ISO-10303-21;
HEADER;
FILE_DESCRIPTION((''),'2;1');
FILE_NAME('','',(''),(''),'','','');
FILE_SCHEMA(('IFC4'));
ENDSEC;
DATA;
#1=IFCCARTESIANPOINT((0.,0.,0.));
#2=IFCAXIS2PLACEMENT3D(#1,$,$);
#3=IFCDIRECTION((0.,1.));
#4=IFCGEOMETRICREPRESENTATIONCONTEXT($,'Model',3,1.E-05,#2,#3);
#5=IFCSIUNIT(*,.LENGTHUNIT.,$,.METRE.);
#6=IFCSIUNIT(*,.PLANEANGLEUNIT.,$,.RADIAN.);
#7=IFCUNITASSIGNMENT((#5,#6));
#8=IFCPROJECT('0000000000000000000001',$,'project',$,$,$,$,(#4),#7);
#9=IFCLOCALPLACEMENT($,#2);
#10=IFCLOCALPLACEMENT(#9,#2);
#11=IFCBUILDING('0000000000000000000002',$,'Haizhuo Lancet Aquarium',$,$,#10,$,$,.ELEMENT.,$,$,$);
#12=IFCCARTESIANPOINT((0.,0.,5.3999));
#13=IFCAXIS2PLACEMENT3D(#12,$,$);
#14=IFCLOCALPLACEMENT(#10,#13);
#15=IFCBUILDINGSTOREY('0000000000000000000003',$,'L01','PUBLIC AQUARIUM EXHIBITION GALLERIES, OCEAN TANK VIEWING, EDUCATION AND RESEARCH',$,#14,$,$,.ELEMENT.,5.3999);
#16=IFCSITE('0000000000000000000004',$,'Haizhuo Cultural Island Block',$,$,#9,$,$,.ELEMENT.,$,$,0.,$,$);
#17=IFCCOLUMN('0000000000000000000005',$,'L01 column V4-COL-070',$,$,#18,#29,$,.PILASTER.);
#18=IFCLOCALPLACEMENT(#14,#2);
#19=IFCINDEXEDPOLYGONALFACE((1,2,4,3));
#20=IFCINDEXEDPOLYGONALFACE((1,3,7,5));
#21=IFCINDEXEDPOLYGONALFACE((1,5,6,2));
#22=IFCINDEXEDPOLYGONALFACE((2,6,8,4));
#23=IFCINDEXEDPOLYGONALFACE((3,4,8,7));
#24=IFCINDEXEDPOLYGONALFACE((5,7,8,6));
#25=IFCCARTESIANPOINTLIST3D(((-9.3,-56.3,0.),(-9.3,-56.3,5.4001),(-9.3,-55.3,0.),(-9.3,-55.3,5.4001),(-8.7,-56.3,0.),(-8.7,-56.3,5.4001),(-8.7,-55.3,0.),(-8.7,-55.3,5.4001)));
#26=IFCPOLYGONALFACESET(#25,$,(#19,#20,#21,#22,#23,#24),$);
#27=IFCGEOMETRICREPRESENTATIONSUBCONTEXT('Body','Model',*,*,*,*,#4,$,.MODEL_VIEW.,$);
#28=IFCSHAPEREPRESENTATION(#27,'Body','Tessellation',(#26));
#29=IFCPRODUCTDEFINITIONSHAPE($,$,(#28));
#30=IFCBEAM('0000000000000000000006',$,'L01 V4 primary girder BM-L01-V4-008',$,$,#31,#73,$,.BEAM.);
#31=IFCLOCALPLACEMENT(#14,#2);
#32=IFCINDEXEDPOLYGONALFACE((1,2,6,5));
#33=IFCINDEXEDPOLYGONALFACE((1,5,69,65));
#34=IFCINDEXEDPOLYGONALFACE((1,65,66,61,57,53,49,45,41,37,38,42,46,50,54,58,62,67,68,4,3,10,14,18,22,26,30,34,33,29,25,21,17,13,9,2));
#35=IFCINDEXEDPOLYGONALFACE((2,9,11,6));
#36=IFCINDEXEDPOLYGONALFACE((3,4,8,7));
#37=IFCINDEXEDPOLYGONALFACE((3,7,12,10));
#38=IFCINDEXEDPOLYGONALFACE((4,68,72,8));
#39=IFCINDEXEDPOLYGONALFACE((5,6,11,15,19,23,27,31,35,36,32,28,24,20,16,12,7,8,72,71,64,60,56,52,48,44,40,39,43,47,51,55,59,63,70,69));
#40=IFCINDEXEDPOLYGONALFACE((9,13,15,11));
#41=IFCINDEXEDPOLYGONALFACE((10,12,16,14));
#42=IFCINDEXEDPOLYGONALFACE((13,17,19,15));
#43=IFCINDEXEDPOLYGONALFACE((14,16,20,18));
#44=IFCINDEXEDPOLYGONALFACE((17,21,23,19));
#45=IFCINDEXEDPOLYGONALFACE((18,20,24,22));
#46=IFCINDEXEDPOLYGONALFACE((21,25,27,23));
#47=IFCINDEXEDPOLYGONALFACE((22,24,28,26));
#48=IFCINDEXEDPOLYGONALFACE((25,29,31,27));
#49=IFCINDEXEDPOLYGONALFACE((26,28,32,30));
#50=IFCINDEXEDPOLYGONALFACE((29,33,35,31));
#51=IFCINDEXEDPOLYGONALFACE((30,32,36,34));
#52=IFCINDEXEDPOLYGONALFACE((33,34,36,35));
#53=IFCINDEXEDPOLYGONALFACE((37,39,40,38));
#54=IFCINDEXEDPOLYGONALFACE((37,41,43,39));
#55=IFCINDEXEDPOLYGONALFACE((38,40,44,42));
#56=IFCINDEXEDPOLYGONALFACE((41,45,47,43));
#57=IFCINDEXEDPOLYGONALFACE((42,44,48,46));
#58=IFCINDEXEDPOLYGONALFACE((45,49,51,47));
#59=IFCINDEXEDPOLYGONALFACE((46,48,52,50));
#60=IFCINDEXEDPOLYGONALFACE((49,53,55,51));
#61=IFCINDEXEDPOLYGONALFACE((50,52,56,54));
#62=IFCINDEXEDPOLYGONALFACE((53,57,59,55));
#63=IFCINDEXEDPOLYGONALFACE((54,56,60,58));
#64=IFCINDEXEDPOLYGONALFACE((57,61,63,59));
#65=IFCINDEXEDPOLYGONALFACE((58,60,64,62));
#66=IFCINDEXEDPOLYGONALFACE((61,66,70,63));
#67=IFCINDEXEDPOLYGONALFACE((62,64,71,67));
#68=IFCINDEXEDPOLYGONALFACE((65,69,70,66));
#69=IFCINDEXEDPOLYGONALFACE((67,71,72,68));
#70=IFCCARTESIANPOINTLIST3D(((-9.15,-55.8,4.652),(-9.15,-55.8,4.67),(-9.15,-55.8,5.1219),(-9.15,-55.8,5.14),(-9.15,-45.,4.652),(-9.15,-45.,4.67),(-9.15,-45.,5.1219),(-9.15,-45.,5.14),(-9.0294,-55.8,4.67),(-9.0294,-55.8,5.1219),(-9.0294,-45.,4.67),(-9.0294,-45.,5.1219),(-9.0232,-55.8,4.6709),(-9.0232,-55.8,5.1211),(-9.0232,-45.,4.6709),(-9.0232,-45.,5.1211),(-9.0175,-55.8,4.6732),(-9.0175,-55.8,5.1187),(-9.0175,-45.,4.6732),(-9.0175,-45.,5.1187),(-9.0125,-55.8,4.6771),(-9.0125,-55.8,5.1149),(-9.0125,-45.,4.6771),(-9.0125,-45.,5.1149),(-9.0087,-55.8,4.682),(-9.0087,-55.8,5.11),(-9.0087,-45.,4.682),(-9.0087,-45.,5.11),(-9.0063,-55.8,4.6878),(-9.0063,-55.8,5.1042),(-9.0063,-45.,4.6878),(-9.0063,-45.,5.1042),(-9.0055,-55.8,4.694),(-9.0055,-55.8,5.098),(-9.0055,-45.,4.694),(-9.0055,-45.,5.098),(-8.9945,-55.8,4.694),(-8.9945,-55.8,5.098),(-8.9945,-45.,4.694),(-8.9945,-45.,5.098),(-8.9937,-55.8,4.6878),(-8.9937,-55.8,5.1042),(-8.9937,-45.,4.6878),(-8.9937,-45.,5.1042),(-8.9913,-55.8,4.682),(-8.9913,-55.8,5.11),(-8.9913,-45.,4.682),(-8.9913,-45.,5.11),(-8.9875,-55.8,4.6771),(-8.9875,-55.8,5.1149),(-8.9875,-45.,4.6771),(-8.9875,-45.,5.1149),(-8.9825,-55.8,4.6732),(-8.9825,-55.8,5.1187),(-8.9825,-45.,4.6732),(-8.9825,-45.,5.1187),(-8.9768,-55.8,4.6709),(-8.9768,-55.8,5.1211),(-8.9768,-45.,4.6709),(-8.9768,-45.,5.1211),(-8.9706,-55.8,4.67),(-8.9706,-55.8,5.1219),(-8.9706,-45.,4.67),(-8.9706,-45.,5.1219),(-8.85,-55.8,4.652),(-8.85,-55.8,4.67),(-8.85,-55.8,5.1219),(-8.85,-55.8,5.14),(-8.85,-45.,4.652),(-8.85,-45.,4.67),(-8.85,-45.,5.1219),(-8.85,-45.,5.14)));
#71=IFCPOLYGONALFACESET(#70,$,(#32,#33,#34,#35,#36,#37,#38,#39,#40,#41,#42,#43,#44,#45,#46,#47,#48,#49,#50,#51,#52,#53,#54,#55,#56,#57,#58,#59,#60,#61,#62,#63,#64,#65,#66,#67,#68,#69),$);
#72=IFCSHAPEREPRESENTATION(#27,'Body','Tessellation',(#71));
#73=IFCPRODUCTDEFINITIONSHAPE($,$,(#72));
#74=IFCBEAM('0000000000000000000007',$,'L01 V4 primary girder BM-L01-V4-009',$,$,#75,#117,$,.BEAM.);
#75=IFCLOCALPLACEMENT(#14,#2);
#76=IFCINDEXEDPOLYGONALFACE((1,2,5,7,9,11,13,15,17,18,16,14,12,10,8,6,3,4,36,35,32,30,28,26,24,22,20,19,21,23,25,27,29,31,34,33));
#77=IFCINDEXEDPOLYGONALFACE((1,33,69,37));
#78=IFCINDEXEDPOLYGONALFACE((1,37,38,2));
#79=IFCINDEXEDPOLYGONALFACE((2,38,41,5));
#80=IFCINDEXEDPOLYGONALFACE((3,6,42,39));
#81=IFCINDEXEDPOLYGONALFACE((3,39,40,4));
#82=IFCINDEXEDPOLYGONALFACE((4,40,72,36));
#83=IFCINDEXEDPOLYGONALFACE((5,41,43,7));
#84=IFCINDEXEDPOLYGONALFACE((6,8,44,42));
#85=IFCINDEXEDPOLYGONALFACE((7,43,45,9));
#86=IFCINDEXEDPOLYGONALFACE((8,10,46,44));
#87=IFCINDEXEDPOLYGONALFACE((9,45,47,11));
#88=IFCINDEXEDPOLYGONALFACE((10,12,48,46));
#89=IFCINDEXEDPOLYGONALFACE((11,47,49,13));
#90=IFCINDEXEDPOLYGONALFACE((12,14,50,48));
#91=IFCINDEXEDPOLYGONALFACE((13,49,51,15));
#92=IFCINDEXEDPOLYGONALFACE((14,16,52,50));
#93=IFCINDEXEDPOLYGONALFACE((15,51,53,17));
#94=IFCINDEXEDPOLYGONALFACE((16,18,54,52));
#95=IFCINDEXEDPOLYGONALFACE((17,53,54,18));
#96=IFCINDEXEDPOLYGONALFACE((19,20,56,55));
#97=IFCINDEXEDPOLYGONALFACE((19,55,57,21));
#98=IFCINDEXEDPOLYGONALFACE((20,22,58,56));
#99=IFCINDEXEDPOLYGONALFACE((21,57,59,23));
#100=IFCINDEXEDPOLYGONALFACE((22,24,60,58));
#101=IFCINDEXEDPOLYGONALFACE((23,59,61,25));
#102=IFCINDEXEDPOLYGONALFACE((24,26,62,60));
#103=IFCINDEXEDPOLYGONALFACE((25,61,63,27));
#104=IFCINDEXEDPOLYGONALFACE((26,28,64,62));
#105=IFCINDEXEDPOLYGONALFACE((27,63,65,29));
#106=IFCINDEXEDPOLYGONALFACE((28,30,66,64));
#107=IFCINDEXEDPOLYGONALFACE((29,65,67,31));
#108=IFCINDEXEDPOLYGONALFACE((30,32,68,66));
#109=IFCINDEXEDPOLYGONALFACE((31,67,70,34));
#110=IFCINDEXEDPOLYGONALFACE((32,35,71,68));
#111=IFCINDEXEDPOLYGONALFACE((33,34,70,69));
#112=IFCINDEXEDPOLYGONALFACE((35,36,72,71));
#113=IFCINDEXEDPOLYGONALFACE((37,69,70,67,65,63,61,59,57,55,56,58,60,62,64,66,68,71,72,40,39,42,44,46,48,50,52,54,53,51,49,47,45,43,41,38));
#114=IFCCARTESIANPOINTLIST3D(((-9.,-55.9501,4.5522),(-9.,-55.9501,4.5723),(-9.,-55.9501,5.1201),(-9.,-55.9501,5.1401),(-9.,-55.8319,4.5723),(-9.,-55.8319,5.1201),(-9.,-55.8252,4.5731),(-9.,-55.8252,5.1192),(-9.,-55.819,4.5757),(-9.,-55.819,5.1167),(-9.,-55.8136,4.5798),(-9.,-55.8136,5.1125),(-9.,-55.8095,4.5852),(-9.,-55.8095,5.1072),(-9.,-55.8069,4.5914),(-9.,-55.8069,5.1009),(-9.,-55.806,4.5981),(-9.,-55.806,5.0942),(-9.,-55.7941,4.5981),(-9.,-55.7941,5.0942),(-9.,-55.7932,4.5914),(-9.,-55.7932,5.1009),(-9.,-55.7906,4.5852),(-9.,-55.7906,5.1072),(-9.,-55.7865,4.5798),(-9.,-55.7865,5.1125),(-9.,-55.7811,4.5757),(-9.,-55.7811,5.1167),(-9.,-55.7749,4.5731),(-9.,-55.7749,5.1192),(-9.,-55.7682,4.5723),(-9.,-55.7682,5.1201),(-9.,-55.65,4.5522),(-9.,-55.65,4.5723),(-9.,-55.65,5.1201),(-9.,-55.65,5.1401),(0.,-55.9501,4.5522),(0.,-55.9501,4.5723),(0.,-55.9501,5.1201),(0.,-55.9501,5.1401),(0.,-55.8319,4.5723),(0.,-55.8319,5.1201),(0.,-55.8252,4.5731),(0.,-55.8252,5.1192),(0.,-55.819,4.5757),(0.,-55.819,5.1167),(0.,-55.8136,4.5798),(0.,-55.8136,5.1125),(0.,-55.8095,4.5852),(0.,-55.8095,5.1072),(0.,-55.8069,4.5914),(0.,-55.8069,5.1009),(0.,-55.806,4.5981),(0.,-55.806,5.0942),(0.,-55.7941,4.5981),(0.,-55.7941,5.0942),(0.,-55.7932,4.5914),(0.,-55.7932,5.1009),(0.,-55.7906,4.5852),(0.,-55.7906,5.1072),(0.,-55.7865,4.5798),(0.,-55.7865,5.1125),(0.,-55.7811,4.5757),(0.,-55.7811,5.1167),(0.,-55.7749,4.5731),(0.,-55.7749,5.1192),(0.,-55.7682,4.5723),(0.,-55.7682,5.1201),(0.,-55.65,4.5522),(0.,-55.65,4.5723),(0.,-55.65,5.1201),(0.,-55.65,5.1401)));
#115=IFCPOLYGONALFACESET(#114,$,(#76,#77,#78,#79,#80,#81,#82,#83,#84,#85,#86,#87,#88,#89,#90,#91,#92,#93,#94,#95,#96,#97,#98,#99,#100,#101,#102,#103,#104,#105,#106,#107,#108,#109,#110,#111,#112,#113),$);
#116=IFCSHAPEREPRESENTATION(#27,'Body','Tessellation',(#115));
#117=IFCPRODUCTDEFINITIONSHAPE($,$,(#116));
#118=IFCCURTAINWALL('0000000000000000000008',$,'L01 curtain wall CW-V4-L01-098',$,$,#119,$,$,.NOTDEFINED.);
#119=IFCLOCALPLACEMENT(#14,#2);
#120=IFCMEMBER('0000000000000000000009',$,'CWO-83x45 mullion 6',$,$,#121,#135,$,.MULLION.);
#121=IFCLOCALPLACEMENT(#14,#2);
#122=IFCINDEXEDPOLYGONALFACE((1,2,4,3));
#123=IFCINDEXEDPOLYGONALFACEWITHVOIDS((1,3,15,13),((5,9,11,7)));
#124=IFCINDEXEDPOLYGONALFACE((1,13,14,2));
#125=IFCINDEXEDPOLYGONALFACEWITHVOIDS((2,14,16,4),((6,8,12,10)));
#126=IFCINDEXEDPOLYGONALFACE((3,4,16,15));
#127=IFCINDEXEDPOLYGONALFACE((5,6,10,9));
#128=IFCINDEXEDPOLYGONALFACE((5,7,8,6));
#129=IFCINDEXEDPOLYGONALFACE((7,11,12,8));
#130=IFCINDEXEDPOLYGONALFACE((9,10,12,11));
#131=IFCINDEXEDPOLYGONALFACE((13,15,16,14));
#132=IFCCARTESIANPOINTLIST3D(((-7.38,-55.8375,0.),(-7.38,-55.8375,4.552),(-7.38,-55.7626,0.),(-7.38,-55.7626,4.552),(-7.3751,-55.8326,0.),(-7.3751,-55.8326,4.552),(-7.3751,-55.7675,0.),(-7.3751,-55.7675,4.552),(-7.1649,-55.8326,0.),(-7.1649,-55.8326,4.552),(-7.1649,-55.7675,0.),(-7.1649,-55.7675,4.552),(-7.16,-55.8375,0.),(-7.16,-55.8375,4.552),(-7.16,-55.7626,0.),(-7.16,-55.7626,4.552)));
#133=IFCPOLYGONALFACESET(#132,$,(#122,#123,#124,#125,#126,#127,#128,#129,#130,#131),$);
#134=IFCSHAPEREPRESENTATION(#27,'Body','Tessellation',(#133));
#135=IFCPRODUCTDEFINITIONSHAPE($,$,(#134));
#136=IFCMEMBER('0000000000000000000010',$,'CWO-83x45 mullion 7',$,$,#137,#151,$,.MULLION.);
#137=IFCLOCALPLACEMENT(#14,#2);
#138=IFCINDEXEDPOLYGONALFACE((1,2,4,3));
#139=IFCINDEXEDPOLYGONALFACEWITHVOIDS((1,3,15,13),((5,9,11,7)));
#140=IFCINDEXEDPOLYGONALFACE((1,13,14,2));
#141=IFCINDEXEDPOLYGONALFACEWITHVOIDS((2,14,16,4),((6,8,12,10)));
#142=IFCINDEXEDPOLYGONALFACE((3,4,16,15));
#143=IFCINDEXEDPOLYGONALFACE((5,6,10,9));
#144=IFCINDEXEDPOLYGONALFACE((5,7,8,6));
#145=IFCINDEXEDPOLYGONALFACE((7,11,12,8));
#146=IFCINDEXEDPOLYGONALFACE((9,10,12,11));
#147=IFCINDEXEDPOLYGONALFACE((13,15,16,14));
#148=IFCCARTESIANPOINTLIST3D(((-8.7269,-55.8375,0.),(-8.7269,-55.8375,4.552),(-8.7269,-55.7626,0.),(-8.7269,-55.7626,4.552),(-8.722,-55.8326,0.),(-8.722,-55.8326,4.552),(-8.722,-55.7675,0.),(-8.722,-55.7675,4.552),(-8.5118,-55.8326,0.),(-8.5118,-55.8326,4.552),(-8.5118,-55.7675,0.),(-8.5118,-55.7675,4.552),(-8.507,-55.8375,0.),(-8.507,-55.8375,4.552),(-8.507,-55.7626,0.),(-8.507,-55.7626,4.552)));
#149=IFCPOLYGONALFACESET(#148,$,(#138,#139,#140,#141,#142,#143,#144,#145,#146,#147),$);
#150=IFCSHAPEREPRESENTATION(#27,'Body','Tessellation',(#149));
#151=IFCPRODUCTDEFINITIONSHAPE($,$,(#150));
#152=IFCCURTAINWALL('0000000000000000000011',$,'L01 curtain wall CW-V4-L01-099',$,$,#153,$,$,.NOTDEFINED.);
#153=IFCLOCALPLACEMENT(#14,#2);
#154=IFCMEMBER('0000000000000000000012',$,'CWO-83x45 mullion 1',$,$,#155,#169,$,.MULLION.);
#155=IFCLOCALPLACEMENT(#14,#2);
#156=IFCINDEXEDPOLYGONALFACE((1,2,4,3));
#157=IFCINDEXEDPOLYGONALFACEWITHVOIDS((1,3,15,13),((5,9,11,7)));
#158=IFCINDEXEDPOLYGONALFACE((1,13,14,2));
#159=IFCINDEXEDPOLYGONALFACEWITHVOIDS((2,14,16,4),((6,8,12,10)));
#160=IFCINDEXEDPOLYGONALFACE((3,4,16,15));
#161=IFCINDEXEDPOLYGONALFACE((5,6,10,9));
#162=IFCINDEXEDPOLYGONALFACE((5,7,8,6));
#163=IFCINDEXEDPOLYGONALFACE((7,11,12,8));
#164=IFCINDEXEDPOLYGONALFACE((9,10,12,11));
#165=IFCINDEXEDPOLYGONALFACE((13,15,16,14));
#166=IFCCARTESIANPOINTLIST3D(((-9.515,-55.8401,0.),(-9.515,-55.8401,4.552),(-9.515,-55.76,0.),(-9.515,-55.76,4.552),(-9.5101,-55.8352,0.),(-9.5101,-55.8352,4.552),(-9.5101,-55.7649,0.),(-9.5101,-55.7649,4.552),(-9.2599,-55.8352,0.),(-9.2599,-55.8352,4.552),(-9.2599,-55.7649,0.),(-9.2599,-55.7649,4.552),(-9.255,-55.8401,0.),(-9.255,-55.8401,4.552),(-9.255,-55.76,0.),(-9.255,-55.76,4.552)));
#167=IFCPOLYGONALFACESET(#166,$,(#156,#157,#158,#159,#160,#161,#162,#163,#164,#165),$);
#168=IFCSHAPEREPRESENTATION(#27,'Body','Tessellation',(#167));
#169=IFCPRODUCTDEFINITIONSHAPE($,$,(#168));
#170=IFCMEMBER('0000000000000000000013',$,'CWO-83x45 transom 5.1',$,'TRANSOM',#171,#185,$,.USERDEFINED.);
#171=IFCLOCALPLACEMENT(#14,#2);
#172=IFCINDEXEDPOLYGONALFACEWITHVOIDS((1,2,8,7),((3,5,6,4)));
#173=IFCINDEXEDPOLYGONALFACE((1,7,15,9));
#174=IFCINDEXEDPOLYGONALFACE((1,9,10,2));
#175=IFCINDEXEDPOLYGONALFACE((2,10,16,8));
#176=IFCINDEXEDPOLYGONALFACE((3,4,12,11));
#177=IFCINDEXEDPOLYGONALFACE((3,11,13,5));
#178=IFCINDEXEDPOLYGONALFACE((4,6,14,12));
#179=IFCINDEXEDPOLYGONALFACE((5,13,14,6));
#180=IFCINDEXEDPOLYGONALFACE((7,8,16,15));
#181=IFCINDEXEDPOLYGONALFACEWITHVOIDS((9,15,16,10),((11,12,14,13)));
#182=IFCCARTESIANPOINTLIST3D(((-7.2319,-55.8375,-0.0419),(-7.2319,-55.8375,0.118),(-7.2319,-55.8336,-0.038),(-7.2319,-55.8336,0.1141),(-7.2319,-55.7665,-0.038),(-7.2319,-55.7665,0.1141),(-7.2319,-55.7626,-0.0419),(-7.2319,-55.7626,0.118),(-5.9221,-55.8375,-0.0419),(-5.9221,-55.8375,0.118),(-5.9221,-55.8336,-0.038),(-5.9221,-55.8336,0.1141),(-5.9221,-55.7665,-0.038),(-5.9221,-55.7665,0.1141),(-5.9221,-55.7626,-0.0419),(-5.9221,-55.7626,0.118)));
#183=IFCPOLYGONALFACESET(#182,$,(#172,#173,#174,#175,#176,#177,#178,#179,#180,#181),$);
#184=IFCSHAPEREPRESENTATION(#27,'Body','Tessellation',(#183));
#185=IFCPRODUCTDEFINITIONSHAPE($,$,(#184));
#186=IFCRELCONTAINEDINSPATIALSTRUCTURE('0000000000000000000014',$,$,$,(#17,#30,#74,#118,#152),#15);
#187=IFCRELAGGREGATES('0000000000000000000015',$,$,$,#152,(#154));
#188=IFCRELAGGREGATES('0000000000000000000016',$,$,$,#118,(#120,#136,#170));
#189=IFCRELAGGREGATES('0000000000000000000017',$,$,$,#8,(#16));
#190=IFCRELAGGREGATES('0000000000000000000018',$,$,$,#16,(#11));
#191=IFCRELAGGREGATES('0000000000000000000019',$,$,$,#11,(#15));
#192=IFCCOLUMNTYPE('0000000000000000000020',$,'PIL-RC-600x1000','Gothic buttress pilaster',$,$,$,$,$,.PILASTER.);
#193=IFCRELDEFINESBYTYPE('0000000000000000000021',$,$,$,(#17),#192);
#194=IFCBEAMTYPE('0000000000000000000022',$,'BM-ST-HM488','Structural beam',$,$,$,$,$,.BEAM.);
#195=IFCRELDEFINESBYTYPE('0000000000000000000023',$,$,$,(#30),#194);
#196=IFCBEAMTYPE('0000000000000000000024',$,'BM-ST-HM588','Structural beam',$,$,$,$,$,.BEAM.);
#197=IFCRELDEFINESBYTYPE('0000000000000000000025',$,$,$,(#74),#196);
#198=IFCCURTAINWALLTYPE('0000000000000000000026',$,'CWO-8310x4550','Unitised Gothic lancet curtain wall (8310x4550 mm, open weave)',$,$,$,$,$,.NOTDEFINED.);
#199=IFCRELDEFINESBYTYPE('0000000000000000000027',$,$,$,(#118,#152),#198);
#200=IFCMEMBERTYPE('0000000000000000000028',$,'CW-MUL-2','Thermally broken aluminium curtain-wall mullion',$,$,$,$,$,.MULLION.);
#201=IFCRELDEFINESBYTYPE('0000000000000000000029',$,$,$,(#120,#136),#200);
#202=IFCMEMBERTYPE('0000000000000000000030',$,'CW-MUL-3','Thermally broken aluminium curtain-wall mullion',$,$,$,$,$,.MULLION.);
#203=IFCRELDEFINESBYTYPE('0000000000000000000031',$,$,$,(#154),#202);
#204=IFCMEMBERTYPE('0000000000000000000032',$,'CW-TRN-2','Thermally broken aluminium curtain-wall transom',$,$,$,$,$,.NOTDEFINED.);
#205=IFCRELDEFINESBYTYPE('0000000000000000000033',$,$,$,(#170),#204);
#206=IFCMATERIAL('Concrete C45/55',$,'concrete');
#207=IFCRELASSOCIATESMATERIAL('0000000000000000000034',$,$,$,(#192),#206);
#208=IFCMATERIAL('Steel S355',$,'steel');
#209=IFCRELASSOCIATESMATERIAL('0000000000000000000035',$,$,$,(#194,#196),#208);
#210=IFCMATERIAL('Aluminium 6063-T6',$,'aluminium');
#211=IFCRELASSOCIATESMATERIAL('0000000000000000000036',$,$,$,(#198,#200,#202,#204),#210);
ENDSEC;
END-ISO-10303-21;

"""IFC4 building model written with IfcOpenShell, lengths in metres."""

from ifc_helpers import new_model, si_unit, direction, frame, origin, origin_2d, place, context, subcontext, project, spatial, rectangle, hollow_rectangle, i_section, extrude, material, material_profile, profile_set, type_object, element, aggregate, save


model = new_model("IFC4")

# Units and contexts
model_context = context("Model", 3, precision=1e-05, world=origin(), true_north=direction((0.0, 1.0)))
body_context = subcontext(model_context, "Body", "Model", "MODEL_VIEW")
ifc_project = project(units=[si_unit("LENGTHUNIT", "METRE"), si_unit("PLANEANGLEUNIT", "RADIAN")], contexts=[model_context])

# Site, building, storey
site_placement = place(None, origin())
site = spatial("IfcSite", under=ifc_project, at=site_placement, Name="Haizhuo Cultural Island Block", CompositionType="ELEMENT", RefElevation=0.0)
building_placement = place(site_placement, origin())
building = spatial("IfcBuilding", under=site, at=building_placement, Name="Haizhuo Lancet Aquarium", CompositionType="ELEMENT")
storey_placement = place(building_placement, frame((0.0, 0.0, 5.3999)))
storey = spatial("IfcBuildingStorey", under=building, at=storey_placement, Name="L01", Description="PUBLIC AQUARIUM EXHIBITION GALLERIES, OCEAN TANK VIEWING, EDUCATION AND RESEARCH", CompositionType="ELEMENT", Elevation=5.3999)

# Column
ifc_material_1 = material(Name="Concrete C45/55", Category="concrete")
ifc_material_profile_1 = material_profile(ifc_material_1, rectangle(XDim=0.6001, YDim=1.0, at=origin_2d()), Name="RC-PIL 600x1000")
ifc_profile_set_1 = profile_set([ifc_material_profile_1], Name="Concrete C45/55")
column_type = type_object("IfcColumnType", Name="PIL-RC-600x1000", Description="Gothic buttress pilaster", PredefinedType="PILASTER", material=ifc_profile_set_1)
column_placement = place(storey_placement, frame((-9.0, -55.8, 0.0), z_axis=(0.0, 0.0, 1.0), x_axis=(1.0, 0.0, 0.0)))
element("IfcColumn", 1, at=column_placement, inside=storey, type_object=column_type, Name="L01 column V4-COL-070", PredefinedType="PILASTER", context=body_context, shape_type="SweptSolid", body=[
    extrude(rectangle(XDim=0.6001, YDim=1.0, at=origin_2d()), origin(), (0.0, 0.0, 1.0), 5.4001),
])

# Beams
ifc_material_2 = material(Name="Steel S355", Category="steel")
ifc_material_profile_2 = material_profile(ifc_material_2, i_section(OverallWidth=0.3, OverallDepth=0.488, WebThickness=0.011, FlangeThickness=0.0181, FilletRadius=0.0239, at=origin_2d()), Name="HM 488x300x11x18")
ifc_profile_set_2 = profile_set([ifc_material_profile_2], Name="Steel S355")
beam_type_1 = type_object("IfcBeamType", Name="BM-ST-HM488", Description="Structural beam", PredefinedType="BEAM", material=ifc_profile_set_2)
beam_1_placement = place(storey_placement, frame((-9.0, -55.8, 4.896), z_axis=(0.0, 1.0, 0.0), x_axis=(-1.0, 0.0, 0.0)))
element("IfcBeam", 2, at=beam_1_placement, inside=storey, type_object=beam_type_1, Name="L01 V4 primary girder BM-L01-V4-008", PredefinedType="BEAM", context=body_context, shape_type="SweptSolid", body=[
    extrude(i_section(OverallWidth=0.3, OverallDepth=0.488, WebThickness=0.011, FlangeThickness=0.0181, FilletRadius=0.0239, at=origin_2d()), origin(), (0.0, 0.0, 1.0), 10.8),
])
ifc_material_profile_3 = material_profile(ifc_material_2, i_section(OverallWidth=0.3, OverallDepth=0.5879, WebThickness=0.012, FlangeThickness=0.02, FilletRadius=0.0259, at=origin_2d()), Name="HM 588x300x12x20")
ifc_profile_set_3 = profile_set([ifc_material_profile_3], Name="Steel S355")
beam_type_2 = type_object("IfcBeamType", Name="BM-ST-HM588", Description="Structural beam", PredefinedType="BEAM", material=ifc_profile_set_3)
beam_2_placement = place(storey_placement, frame((-9.0, -55.8, 4.8462), z_axis=(1.0, 0.0, 0.0), x_axis=(0.0, 1.0, 0.0)))
element("IfcBeam", 3, at=beam_2_placement, inside=storey, type_object=beam_type_2, Name="L01 V4 primary girder BM-L01-V4-009", PredefinedType="BEAM", context=body_context, shape_type="SweptSolid", body=[
    extrude(i_section(OverallWidth=0.3, OverallDepth=0.5879, WebThickness=0.012, FlangeThickness=0.02, FilletRadius=0.0259, at=origin_2d()), origin(), (0.0, 0.0, 1.0), 9.0),
])

# Curtain wall, members
ifc_material_3 = material(Name="Aluminium 6063-T6", Category="aluminium")
curtain_wall_type = type_object("IfcCurtainWallType", Name="CWO-8310x4550", Description="Unitised Gothic lancet curtain wall (8310x4550 mm, open weave)", PredefinedType="NOTDEFINED", material=ifc_material_3)
curtain_wall_1_placement = place(storey_placement, origin())
curtain_wall_1 = element("IfcCurtainWall", 4, at=curtain_wall_1_placement, inside=storey, type_object=curtain_wall_type, Name="L01 curtain wall CW-V4-L01-098", PredefinedType="NOTDEFINED")
ifc_material_profile_4 = material_profile(ifc_material_3, hollow_rectangle(XDim=0.075, YDim=0.22, WallThickness=0.0049, at=origin_2d()), Name="ALU-M 75x220x5")
ifc_profile_set_4 = profile_set([ifc_material_profile_4], Name="Aluminium 6063-T6")
member_type_1 = type_object("IfcMemberType", Name="CW-MUL-2", Description="Thermally broken aluminium curtain-wall mullion", PredefinedType="MULLION", material=ifc_profile_set_4)
member_1_placement = place(storey_placement, frame((-7.27, -55.8, 0.0), z_axis=(0.0, 0.0, 1.0), x_axis=(0.0, -1.0, 0.0)))
member_1 = element("IfcMember", 5, at=member_1_placement, type_object=member_type_1, Name="CWO-83x45 mullion 6", PredefinedType="MULLION", context=body_context, shape_type="SweptSolid", body=[
    extrude(hollow_rectangle(XDim=0.075, YDim=0.22, WallThickness=0.0049, at=origin_2d()), origin(), (0.0, 0.0, 1.0), 4.552),
])
member_2_placement = place(storey_placement, frame((-8.6169, -55.8, 0.0), z_axis=(0.0, 0.0, 1.0), x_axis=(0.0, -1.0, 0.0)))
member_2 = element("IfcMember", 6, at=member_2_placement, type_object=member_type_1, Name="CWO-83x45 mullion 7", PredefinedType="MULLION", context=body_context, shape_type="SweptSolid", body=[
    extrude(hollow_rectangle(XDim=0.075, YDim=0.22, WallThickness=0.0049, at=origin_2d()), origin(), (0.0, 0.0, 1.0), 4.552),
])

# Curtain wall, member
curtain_wall_2_placement = place(storey_placement, origin())
curtain_wall_2 = element("IfcCurtainWall", 7, at=curtain_wall_2_placement, inside=storey, type_object=curtain_wall_type, Name="L01 curtain wall CW-V4-L01-099", PredefinedType="NOTDEFINED")
ifc_material_profile_5 = material_profile(ifc_material_3, hollow_rectangle(XDim=0.0801, YDim=0.26, WallThickness=0.0049, at=origin_2d()), Name="ALU-M 80x260x5")
ifc_profile_set_5 = profile_set([ifc_material_profile_5], Name="Aluminium 6063-T6")
member_type_2 = type_object("IfcMemberType", Name="CW-MUL-3", Description="Thermally broken aluminium curtain-wall mullion", PredefinedType="MULLION", material=ifc_profile_set_5)
member_3_placement = place(storey_placement, frame((-9.385, -55.8, 0.0), z_axis=(0.0, 0.0, 1.0), x_axis=(0.0, -1.0, 0.0)))
member_3 = element("IfcMember", 8, at=member_3_placement, type_object=member_type_2, Name="CWO-83x45 mullion 1", PredefinedType="MULLION", context=body_context, shape_type="SweptSolid", body=[
    extrude(hollow_rectangle(XDim=0.0801, YDim=0.26, WallThickness=0.0049, at=origin_2d()), origin(), (0.0, 0.0, 1.0), 4.552),
])

# Member
ifc_material_profile_6 = material_profile(ifc_material_3, hollow_rectangle(XDim=0.075, YDim=0.1599, WallThickness=0.0039, at=origin_2d()), Name="ALU-T 75x160x4")
ifc_profile_set_6 = profile_set([ifc_material_profile_6], Name="Aluminium 6063-T6")
member_type_3 = type_object("IfcMemberType", Name="CW-TRN-2", Description="Thermally broken aluminium curtain-wall transom", PredefinedType="NOTDEFINED", material=ifc_profile_set_6)
member_4_placement = place(storey_placement, frame((-5.9221, -55.8, 0.0381), z_axis=(-1.0, 0.0, 0.0), x_axis=(0.0, -1.0, 0.0)))
member_4 = element("IfcMember", 9, at=member_4_placement, type_object=member_type_3, Name="CWO-83x45 transom 5.1", ObjectType="TRANSOM", PredefinedType="USERDEFINED", context=body_context, shape_type="SweptSolid", body=[
    extrude(hollow_rectangle(XDim=0.075, YDim=0.1599, WallThickness=0.0039, at=origin_2d()), origin(), (0.0, 0.0, 1.0), 1.3098),
])
aggregate(curtain_wall_2, [member_3])

aggregate(curtain_wall_1, [member_1, member_2, member_4])

save(model, "model.ifc")
